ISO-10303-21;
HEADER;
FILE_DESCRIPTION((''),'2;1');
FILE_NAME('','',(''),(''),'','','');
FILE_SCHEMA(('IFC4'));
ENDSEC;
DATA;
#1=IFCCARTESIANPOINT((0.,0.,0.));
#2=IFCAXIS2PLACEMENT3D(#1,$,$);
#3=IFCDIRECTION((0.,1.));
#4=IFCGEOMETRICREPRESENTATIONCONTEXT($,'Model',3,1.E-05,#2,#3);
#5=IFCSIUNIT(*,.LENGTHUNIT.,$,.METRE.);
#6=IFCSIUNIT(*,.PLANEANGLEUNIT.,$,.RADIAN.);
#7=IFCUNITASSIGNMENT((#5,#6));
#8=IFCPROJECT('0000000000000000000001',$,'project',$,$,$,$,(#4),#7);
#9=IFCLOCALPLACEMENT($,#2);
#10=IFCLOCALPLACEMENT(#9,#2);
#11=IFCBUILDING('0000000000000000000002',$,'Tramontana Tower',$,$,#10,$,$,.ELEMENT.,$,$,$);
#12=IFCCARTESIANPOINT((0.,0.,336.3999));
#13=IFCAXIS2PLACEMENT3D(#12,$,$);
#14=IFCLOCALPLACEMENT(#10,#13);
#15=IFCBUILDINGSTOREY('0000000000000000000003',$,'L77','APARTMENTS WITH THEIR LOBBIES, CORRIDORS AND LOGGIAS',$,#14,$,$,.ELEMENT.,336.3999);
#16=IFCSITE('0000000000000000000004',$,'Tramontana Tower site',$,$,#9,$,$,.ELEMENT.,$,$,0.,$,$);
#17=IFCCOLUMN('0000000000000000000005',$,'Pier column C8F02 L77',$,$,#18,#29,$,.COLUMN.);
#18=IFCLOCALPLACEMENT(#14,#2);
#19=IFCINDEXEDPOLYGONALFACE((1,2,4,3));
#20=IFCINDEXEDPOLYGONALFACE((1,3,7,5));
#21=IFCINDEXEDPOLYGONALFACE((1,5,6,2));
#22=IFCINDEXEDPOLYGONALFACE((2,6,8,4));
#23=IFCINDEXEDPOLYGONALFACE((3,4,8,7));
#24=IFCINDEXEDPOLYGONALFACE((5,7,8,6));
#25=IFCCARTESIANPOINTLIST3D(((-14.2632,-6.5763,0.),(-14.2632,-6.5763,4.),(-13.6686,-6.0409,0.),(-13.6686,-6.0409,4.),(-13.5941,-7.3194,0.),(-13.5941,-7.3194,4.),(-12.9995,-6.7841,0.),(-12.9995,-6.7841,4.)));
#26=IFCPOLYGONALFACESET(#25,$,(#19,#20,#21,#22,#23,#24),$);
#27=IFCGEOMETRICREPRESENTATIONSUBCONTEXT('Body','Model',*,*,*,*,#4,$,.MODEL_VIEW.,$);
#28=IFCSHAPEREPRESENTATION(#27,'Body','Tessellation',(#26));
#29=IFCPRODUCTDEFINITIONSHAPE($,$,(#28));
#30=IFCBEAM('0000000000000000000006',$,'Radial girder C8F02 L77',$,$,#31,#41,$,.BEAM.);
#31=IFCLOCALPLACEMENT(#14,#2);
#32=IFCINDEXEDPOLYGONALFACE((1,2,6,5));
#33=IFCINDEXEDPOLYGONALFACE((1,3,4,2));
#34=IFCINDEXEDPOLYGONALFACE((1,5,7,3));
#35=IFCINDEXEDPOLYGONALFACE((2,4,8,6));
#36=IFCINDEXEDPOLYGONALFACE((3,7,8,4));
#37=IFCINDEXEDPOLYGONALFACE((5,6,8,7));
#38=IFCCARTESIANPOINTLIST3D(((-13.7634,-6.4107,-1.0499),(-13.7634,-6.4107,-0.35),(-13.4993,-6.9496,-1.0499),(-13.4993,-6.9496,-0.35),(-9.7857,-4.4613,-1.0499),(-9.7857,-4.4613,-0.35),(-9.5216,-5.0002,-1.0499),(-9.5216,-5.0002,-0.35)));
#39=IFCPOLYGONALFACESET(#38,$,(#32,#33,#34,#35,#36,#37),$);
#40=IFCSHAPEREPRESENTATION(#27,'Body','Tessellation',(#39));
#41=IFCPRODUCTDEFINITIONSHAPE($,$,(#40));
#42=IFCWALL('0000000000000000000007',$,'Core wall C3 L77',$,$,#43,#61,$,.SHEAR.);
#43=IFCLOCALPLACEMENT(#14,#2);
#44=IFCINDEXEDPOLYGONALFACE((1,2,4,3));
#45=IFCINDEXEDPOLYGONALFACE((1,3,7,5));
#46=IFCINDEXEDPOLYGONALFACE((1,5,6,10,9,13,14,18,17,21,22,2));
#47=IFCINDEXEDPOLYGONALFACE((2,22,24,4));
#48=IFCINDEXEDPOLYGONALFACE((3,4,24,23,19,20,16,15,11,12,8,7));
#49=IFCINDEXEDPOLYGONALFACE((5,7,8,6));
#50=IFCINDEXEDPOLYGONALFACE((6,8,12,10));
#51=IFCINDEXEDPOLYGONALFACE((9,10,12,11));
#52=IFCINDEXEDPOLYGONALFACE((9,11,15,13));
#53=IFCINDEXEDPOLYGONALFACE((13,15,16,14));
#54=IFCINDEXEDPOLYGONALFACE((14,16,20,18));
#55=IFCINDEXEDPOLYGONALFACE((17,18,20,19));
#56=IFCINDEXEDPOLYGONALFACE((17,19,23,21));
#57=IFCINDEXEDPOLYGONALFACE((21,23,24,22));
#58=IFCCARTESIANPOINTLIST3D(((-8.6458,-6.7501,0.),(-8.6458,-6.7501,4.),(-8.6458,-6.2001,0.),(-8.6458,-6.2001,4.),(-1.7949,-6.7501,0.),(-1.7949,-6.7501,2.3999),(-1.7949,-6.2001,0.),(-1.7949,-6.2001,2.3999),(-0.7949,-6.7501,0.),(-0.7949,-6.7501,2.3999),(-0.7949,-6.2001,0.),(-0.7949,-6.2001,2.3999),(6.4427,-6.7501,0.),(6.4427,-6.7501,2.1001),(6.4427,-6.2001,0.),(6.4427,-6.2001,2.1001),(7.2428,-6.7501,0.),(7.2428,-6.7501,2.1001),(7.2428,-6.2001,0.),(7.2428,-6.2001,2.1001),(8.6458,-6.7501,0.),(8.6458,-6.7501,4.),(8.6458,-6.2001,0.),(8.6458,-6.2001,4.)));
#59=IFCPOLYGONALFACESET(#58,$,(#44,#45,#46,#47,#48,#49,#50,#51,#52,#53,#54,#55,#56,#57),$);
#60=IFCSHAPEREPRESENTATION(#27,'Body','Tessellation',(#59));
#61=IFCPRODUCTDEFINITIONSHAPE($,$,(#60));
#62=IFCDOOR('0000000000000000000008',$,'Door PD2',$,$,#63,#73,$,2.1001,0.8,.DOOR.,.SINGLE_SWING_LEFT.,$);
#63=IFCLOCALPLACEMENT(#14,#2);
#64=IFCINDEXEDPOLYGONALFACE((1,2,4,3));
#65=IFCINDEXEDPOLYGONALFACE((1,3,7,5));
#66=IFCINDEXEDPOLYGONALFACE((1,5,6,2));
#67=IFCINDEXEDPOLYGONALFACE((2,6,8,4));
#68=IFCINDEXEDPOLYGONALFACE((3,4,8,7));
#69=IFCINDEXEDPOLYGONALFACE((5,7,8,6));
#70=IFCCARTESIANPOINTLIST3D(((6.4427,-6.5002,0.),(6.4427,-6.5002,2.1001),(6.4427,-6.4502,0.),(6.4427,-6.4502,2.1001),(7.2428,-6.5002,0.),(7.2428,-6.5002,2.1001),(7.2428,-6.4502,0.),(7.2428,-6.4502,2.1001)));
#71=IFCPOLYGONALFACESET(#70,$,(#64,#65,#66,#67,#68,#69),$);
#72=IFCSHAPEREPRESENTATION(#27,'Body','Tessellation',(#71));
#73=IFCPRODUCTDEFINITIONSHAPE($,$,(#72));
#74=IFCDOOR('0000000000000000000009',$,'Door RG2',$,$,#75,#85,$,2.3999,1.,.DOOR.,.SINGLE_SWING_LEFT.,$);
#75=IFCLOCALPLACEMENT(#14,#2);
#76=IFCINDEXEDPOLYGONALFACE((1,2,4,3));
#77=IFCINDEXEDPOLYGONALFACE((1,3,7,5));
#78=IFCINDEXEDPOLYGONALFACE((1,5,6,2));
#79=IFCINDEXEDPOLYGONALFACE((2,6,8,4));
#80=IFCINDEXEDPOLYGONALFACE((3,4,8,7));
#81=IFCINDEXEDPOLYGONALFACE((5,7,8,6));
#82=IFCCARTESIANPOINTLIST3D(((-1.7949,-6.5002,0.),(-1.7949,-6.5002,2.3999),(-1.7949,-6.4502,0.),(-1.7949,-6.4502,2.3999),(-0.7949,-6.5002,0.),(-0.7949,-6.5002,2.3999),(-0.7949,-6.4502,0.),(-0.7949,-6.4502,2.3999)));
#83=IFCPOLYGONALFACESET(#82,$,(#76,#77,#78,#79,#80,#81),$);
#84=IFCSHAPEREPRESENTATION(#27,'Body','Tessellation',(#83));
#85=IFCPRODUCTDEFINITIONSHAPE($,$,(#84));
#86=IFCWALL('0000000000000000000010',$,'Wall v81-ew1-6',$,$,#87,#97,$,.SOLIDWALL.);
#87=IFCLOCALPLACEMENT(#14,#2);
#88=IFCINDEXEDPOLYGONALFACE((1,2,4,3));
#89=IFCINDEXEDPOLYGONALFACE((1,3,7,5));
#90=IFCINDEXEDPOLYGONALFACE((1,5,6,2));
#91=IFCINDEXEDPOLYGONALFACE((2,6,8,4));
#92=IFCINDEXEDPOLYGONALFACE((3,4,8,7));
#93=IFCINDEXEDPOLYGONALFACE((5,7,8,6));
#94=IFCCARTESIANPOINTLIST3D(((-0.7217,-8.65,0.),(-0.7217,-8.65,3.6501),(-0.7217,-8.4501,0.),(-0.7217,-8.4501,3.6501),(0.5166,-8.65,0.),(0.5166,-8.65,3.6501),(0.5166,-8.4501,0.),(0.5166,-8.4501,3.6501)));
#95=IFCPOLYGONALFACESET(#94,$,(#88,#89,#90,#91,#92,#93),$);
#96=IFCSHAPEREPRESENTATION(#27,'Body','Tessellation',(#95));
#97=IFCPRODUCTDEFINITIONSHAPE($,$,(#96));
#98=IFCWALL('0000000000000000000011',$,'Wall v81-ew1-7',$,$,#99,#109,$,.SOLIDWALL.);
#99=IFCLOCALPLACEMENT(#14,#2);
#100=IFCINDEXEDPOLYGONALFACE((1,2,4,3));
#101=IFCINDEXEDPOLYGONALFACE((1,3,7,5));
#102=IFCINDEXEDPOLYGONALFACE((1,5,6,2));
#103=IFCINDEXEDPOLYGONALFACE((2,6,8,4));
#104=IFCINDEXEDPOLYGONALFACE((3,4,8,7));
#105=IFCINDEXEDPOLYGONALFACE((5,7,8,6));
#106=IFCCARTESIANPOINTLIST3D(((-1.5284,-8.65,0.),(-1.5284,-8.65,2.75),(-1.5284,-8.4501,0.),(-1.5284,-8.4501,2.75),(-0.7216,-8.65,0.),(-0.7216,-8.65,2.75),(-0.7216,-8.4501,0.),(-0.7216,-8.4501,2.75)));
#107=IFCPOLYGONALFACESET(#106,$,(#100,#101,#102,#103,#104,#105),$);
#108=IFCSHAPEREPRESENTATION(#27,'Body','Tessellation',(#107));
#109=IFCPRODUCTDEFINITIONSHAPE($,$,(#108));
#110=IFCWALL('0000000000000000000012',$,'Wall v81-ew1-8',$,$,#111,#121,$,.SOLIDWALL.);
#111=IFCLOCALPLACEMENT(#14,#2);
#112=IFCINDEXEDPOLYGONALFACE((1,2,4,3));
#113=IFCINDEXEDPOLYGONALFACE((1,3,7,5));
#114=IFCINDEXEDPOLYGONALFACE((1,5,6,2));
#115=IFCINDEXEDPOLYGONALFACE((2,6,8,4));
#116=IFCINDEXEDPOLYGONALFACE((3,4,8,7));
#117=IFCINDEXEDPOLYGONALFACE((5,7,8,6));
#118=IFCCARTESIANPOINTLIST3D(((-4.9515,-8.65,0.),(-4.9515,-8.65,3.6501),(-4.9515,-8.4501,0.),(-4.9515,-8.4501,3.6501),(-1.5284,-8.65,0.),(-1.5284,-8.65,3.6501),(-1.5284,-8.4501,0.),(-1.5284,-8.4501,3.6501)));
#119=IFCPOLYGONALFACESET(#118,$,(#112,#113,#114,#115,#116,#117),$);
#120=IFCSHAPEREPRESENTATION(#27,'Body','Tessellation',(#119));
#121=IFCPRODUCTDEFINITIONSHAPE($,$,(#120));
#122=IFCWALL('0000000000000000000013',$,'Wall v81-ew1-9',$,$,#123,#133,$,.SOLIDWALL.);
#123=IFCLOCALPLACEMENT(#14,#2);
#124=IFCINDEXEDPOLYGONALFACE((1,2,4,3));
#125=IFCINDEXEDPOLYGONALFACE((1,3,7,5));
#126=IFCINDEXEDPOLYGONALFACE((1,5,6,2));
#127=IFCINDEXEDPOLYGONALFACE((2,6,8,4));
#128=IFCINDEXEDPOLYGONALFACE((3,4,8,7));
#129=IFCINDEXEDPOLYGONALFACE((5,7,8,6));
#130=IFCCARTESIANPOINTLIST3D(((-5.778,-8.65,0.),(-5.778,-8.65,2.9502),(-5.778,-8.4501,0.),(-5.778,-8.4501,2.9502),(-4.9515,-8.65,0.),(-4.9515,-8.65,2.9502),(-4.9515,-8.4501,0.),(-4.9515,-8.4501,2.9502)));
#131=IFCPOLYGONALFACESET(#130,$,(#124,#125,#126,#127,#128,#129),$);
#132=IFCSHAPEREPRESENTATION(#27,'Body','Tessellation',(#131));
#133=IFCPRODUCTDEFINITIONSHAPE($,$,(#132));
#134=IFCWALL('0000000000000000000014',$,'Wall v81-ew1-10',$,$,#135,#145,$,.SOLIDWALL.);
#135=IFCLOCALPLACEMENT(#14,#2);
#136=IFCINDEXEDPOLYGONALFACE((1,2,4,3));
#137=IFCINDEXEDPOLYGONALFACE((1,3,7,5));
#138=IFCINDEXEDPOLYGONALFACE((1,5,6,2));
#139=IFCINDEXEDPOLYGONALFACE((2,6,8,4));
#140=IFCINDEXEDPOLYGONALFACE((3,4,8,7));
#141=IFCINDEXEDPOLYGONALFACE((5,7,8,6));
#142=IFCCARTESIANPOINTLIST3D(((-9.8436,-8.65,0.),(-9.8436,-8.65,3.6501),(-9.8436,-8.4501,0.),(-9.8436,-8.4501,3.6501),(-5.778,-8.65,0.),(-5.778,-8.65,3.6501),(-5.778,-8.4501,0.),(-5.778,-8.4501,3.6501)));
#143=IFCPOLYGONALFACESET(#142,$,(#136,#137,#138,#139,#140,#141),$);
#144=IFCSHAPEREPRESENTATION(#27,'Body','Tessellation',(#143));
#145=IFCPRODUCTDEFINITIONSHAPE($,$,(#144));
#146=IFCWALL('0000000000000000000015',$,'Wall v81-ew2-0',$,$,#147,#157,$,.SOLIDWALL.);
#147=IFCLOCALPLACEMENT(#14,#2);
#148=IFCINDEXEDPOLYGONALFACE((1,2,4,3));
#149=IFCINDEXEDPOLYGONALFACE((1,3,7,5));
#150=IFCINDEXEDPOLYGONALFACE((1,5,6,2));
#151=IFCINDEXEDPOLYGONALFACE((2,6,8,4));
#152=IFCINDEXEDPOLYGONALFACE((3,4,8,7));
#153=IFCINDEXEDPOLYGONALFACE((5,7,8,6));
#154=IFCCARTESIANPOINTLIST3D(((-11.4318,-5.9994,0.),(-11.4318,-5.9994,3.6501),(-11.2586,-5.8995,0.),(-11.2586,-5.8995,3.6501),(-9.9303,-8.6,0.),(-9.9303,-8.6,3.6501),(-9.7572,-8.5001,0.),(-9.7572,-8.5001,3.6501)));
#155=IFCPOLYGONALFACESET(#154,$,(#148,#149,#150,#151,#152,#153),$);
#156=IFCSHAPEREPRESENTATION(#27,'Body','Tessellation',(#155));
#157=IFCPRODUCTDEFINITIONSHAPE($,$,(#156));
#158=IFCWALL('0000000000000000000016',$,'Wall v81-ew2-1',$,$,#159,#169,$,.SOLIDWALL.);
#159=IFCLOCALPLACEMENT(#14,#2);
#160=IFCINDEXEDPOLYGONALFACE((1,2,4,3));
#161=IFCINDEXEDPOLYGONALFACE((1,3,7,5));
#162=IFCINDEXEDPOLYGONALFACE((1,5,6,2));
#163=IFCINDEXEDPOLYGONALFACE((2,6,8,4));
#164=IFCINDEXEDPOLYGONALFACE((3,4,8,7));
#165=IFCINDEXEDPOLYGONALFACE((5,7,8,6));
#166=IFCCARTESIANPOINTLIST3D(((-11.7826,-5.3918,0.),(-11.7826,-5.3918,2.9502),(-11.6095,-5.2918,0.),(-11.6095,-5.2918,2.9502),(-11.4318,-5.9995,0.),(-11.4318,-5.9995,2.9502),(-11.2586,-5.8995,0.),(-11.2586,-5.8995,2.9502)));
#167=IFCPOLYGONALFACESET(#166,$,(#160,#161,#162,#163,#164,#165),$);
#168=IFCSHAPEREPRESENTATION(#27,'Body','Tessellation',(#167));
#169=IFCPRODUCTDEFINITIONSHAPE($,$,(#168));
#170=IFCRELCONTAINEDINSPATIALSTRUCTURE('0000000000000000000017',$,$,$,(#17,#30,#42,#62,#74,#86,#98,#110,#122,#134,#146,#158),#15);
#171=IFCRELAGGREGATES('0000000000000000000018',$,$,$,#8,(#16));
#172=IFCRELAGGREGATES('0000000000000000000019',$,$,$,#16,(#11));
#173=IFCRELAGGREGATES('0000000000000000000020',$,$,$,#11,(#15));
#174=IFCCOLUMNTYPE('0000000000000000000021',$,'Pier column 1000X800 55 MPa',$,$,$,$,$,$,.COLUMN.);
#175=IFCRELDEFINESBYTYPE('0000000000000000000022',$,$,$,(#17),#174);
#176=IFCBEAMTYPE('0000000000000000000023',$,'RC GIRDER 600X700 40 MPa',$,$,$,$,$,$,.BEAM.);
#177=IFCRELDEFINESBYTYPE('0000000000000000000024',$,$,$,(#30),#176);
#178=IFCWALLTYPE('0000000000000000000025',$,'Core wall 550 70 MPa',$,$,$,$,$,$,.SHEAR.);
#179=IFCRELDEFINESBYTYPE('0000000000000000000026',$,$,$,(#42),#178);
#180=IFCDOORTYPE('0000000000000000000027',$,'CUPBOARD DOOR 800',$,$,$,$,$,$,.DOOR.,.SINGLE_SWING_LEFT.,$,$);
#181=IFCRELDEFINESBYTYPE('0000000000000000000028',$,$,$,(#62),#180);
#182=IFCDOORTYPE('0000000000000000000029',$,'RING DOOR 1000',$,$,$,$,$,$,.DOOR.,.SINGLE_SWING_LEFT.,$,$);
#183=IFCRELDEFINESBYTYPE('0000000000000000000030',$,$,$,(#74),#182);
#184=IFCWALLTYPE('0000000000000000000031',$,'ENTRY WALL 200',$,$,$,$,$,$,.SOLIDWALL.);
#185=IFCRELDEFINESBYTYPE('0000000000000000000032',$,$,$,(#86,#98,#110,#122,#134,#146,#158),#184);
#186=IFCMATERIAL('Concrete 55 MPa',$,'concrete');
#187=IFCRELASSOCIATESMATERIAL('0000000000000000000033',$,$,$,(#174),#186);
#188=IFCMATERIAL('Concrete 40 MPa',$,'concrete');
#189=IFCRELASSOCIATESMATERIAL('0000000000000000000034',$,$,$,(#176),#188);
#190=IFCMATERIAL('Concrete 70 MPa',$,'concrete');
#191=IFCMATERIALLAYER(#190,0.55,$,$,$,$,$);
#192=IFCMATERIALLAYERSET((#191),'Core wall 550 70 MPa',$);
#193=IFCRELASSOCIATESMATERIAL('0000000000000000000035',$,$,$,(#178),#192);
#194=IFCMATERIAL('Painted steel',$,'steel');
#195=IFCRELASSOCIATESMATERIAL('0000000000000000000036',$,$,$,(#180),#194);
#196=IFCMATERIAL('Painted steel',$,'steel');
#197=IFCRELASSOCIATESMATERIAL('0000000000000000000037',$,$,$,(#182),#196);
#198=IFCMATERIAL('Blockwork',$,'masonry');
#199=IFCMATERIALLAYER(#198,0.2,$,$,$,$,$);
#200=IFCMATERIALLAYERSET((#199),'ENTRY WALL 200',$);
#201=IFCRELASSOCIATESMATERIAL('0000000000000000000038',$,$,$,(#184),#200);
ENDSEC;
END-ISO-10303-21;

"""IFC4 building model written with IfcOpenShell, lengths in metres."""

from ifc_helpers import new_model, si_unit, direction, frame, frame_2d, origin, origin_2d, place, context, subcontext, project, spatial, rectangle, extrude, material, layer, layer_set, material_profile, profile_set, type_object, element, fill, save


model = new_model("IFC4")

# Units and contexts
model_context = context("Model", 3, precision=1e-05, world=origin(), true_north=direction((0.0, 1.0)))
body_context = subcontext(model_context, "Body", "Model", "MODEL_VIEW")
ifc_project = project(units=[si_unit("LENGTHUNIT", "METRE"), si_unit("PLANEANGLEUNIT", "RADIAN")], contexts=[model_context])

# Site, building, storey
site_placement = place(None, origin())
site = spatial("IfcSite", under=ifc_project, at=site_placement, Name="Tramontana Tower site", CompositionType="ELEMENT", RefElevation=0.0)
building_placement = place(site_placement, origin())
building = spatial("IfcBuilding", under=site, at=building_placement, Name="Tramontana Tower", CompositionType="ELEMENT")
storey_placement = place(building_placement, frame((0.0, 0.0, 336.3999)))
storey = spatial("IfcBuildingStorey", under=building, at=storey_placement, Name="L77", Description="APARTMENTS WITH THEIR LOBBIES, CORRIDORS AND LOGGIAS", CompositionType="ELEMENT", Elevation=336.3999)

# Column
ifc_material_1 = material(Name="Concrete 55 MPa", Category="concrete")
ifc_material_profile_1 = material_profile(ifc_material_1, rectangle(XDim=1.0, YDim=0.8, at=origin_2d()), Name="Pier column 1000X800 55 MPa")
ifc_profile_set_1 = profile_set([ifc_material_profile_1], Name="Concrete 55 MPa")
column_type = type_object("IfcColumnType", Name="Pier column 1000X800 55 MPa", PredefinedType="COLUMN", material=ifc_profile_set_1)
column_placement = place(storey_placement, frame((-13.6313, -6.6802, 0.0), z_axis=(0.0, 0.0, 1.0), x_axis=(0.669131, -0.743145, 0.0)))
element("IfcColumn", 1, at=column_placement, inside=storey, type_object=column_type, Name="Pier column C8F02 L77", PredefinedType="COLUMN", context=body_context, shape_type="SweptSolid", body=[
    extrude(rectangle(XDim=1.0, YDim=0.8, at=origin_2d()), origin(), (0.0, 0.0, 1.0), 4.0),
])

# Beam
ifc_material_2 = material(Name="Concrete 40 MPa", Category="concrete")
ifc_material_profile_2 = material_profile(ifc_material_2, rectangle(XDim=0.6001, YDim=0.7, at=origin_2d()), Name="RC GIRDER 600X700 40 MPa")
ifc_profile_set_2 = profile_set([ifc_material_profile_2], Name="Concrete 40 MPa")
beam_type = type_object("IfcBeamType", Name="RC GIRDER 600X700 40 MPa", PredefinedType="BEAM", material=ifc_profile_set_2)
beam_placement = place(storey_placement, frame((-13.6313, -6.6802, -0.7), z_axis=(0.897959, 0.440079, 0.0), x_axis=(-0.440079, 0.897959, 0.0)))
element("IfcBeam", 2, at=beam_placement, inside=storey, type_object=beam_type, Name="Radial girder C8F02 L77", PredefinedType="BEAM", context=body_context, shape_type="SweptSolid", body=[
    extrude(rectangle(XDim=0.6001, YDim=0.7, at=origin_2d()), origin(), (0.0, 0.0, 1.0), 4.4297),
])

# Wall, openings, doors
ifc_material_3 = material(Name="Concrete 70 MPa", Category="concrete")
ifc_layer_1 = layer(ifc_material_3, 0.55)
ifc_layer_set_1 = layer_set([ifc_layer_1], Name="Core wall 550 70 MPa")
wall_type_1 = type_object("IfcWallType", Name="Core wall 550 70 MPa", PredefinedType="SHEAR", material=ifc_layer_set_1)
wall_1_placement = place(storey_placement, frame((-8.6458, -6.4751, 0.0), z_axis=(0.0, 0.0, 1.0), x_axis=(1.0, 0.0, 0.0)))
wall_1 = element("IfcWall", 3, at=wall_1_placement, inside=storey, type_object=wall_type_1, Name="Core wall C3 L77", PredefinedType="SHEAR", context=body_context, shape_type="SweptSolid", body=[
    extrude(rectangle(XDim=17.2915, YDim=0.55, at=frame_2d((8.6458, 0.0))), origin(), (0.0, 0.0, 1.0), 4.0),
])
opening_1_placement = place(wall_1_placement, frame((6.8508, 0.0, 0.0)))
opening_1 = element("IfcOpeningElement", 4, at=opening_1_placement, cuts=wall_1, PredefinedType="OPENING", context=body_context, shape_type="SweptSolid", body=[
    extrude(rectangle(XDim=1.0, YDim=2.3999, at=frame_2d((0.5, 1.2))), frame((0.0, 0.2849, 0.0), z_axis=(0.0, -1.0, 0.0), x_axis=(1.0, 0.0, 0.0)), (0.0, 0.0, 1.0), 0.5701),
])
opening_2_placement = place(wall_1_placement, frame((15.0886, 0.0, 0.0)))
opening_2 = element("IfcOpeningElement", 5, at=opening_2_placement, cuts=wall_1, PredefinedType="OPENING", context=body_context, shape_type="SweptSolid", body=[
    extrude(rectangle(XDim=0.8, YDim=2.1001, at=frame_2d((0.3999, 1.05))), frame((0.0, 0.2849, 0.0), z_axis=(0.0, -1.0, 0.0), x_axis=(1.0, 0.0, 0.0)), (0.0, 0.0, 1.0), 0.5701),
])
ifc_material_4 = material(Name="Painted steel", Category="steel")
door_type_1 = type_object("IfcDoorType", Name="CUPBOARD DOOR 800", OperationType="SINGLE_SWING_LEFT", PredefinedType="DOOR", material=ifc_material_4)
door_1_placement = place(opening_2_placement, origin())
door_1 = element("IfcDoor", 6, at=door_1_placement, inside=storey, type_object=door_type_1, Name="Door PD2", OperationType="SINGLE_SWING_LEFT", OverallHeight=2.1001, OverallWidth=0.8, PredefinedType="DOOR", context=body_context, shape_type="SweptSolid", body=[
    extrude(rectangle(XDim=0.8, YDim=2.1001, at=frame_2d((0.3999, 1.05))), frame((0.0, 0.0249, 0.0), z_axis=(0.0, -1.0, 0.0), x_axis=(1.0, 0.0, 0.0)), (0.0, 0.0, 1.0), 0.05),
])
fill(opening_2, door_1)
ifc_material_5 = material(Name="Painted steel", Category="steel")
door_type_2 = type_object("IfcDoorType", Name="RING DOOR 1000", OperationType="SINGLE_SWING_LEFT", PredefinedType="DOOR", material=ifc_material_5)
door_2_placement = place(opening_1_placement, origin())
door_2 = element("IfcDoor", 7, at=door_2_placement, inside=storey, type_object=door_type_2, Name="Door RG2", OperationType="SINGLE_SWING_LEFT", OverallHeight=2.3999, OverallWidth=1.0, PredefinedType="DOOR", context=body_context, shape_type="SweptSolid", body=[
    extrude(rectangle(XDim=1.0, YDim=2.3999, at=frame_2d((0.5, 1.2))), frame((0.0, 0.0249, 0.0), z_axis=(0.0, -1.0, 0.0), x_axis=(1.0, 0.0, 0.0)), (0.0, 0.0, 1.0), 0.05),
])
fill(opening_1, door_2)

# Walls
ifc_material_6 = material(Name="Blockwork", Category="masonry")
ifc_layer_2 = layer(ifc_material_6, 0.2)
ifc_layer_set_2 = layer_set([ifc_layer_2], Name="ENTRY WALL 200")
wall_type_2 = type_object("IfcWallType", Name="ENTRY WALL 200", PredefinedType="SOLIDWALL", material=ifc_layer_set_2)
wall_2_placement = place(storey_placement, frame((0.5166, -8.55, 0.0), z_axis=(0.0, 0.0, 1.0), x_axis=(-1.0, 0.0, 0.0)))
element("IfcWall", 8, at=wall_2_placement, inside=storey, type_object=wall_type_2, Name="Wall v81-ew1-6", PredefinedType="SOLIDWALL", context=body_context, shape_type="SweptSolid", body=[
    extrude(rectangle(XDim=1.2383, YDim=0.2, at=frame_2d((0.6191, 0.0))), origin(), (0.0, 0.0, 1.0), 3.6501),
])
wall_3_placement = place(storey_placement, frame((-0.7217, -8.55, 0.0), z_axis=(0.0, 0.0, 1.0), x_axis=(-1.0, 0.0, 0.0)))
element("IfcWall", 9, at=wall_3_placement, inside=storey, type_object=wall_type_2, Name="Wall v81-ew1-7", PredefinedType="SOLIDWALL", context=body_context, shape_type="SweptSolid", body=[
    extrude(rectangle(XDim=0.8069, YDim=0.2, at=frame_2d((0.4033, 0.0))), origin(), (0.0, 0.0, 1.0), 2.75),
])
wall_4_placement = place(storey_placement, frame((-1.5286, -8.55, 0.0), z_axis=(0.0, 0.0, 1.0), x_axis=(-1.0, 0.0, 0.0)))
element("IfcWall", 10, at=wall_4_placement, inside=storey, type_object=wall_type_2, Name="Wall v81-ew1-8", PredefinedType="SOLIDWALL", context=body_context, shape_type="SweptSolid", body=[
    extrude(rectangle(XDim=3.4231, YDim=0.2, at=frame_2d((1.7114, 0.0))), origin(), (0.0, 0.0, 1.0), 3.6501),
])
wall_5_placement = place(storey_placement, frame((-4.9517, -8.55, 0.0), z_axis=(0.0, 0.0, 1.0), x_axis=(-1.0, 0.0, 0.0)))
element("IfcWall", 11, at=wall_5_placement, inside=storey, type_object=wall_type_2, Name="Wall v81-ew1-9", PredefinedType="SOLIDWALL", context=body_context, shape_type="SweptSolid", body=[
    extrude(rectangle(XDim=0.8264, YDim=0.2, at=frame_2d((0.4131, 0.0))), origin(), (0.0, 0.0, 1.0), 2.9502),
])
wall_6_placement = place(storey_placement, frame((-5.7781, -8.55, 0.0), z_axis=(0.0, 0.0, 1.0), x_axis=(-1.0, 0.0, 0.0)))
element("IfcWall", 12, at=wall_6_placement, inside=storey, type_object=wall_type_2, Name="Wall v81-ew1-10", PredefinedType="SOLIDWALL", context=body_context, shape_type="SweptSolid", body=[
    extrude(rectangle(XDim=4.0657, YDim=0.2, at=frame_2d((2.0327, 0.0))), origin(), (0.0, 0.0, 1.0), 3.6501),
])
wall_7_placement = place(storey_placement, frame((-9.8438, -8.55, 0.0), z_axis=(0.0, 0.0, 1.0), x_axis=(-0.500004, 0.866023, 0.0)))
element("IfcWall", 13, at=wall_7_placement, inside=storey, type_object=wall_type_2, Name="Wall v81-ew2-0", PredefinedType="SOLIDWALL", context=body_context, shape_type="SweptSolid", body=[
    extrude(rectangle(XDim=3.0029, YDim=0.2, at=frame_2d((1.5015, 0.0))), origin(), (0.0, 0.0, 1.0), 3.6501),
])
wall_8_placement = place(storey_placement, frame((-11.3452, -5.9495, 0.0), z_axis=(0.0, 0.0, 1.0), x_axis=(-0.499994, 0.866029, 0.0)))
element("IfcWall", 14, at=wall_8_placement, inside=storey, type_object=wall_type_2, Name="Wall v81-ew2-1", PredefinedType="SOLIDWALL", context=body_context, shape_type="SweptSolid", body=[
    extrude(rectangle(XDim=0.7017, YDim=0.2, at=frame_2d((0.3508, 0.0))), origin(), (0.0, 0.0, 1.0), 2.9502),
])

save(model, "model.ifc")
